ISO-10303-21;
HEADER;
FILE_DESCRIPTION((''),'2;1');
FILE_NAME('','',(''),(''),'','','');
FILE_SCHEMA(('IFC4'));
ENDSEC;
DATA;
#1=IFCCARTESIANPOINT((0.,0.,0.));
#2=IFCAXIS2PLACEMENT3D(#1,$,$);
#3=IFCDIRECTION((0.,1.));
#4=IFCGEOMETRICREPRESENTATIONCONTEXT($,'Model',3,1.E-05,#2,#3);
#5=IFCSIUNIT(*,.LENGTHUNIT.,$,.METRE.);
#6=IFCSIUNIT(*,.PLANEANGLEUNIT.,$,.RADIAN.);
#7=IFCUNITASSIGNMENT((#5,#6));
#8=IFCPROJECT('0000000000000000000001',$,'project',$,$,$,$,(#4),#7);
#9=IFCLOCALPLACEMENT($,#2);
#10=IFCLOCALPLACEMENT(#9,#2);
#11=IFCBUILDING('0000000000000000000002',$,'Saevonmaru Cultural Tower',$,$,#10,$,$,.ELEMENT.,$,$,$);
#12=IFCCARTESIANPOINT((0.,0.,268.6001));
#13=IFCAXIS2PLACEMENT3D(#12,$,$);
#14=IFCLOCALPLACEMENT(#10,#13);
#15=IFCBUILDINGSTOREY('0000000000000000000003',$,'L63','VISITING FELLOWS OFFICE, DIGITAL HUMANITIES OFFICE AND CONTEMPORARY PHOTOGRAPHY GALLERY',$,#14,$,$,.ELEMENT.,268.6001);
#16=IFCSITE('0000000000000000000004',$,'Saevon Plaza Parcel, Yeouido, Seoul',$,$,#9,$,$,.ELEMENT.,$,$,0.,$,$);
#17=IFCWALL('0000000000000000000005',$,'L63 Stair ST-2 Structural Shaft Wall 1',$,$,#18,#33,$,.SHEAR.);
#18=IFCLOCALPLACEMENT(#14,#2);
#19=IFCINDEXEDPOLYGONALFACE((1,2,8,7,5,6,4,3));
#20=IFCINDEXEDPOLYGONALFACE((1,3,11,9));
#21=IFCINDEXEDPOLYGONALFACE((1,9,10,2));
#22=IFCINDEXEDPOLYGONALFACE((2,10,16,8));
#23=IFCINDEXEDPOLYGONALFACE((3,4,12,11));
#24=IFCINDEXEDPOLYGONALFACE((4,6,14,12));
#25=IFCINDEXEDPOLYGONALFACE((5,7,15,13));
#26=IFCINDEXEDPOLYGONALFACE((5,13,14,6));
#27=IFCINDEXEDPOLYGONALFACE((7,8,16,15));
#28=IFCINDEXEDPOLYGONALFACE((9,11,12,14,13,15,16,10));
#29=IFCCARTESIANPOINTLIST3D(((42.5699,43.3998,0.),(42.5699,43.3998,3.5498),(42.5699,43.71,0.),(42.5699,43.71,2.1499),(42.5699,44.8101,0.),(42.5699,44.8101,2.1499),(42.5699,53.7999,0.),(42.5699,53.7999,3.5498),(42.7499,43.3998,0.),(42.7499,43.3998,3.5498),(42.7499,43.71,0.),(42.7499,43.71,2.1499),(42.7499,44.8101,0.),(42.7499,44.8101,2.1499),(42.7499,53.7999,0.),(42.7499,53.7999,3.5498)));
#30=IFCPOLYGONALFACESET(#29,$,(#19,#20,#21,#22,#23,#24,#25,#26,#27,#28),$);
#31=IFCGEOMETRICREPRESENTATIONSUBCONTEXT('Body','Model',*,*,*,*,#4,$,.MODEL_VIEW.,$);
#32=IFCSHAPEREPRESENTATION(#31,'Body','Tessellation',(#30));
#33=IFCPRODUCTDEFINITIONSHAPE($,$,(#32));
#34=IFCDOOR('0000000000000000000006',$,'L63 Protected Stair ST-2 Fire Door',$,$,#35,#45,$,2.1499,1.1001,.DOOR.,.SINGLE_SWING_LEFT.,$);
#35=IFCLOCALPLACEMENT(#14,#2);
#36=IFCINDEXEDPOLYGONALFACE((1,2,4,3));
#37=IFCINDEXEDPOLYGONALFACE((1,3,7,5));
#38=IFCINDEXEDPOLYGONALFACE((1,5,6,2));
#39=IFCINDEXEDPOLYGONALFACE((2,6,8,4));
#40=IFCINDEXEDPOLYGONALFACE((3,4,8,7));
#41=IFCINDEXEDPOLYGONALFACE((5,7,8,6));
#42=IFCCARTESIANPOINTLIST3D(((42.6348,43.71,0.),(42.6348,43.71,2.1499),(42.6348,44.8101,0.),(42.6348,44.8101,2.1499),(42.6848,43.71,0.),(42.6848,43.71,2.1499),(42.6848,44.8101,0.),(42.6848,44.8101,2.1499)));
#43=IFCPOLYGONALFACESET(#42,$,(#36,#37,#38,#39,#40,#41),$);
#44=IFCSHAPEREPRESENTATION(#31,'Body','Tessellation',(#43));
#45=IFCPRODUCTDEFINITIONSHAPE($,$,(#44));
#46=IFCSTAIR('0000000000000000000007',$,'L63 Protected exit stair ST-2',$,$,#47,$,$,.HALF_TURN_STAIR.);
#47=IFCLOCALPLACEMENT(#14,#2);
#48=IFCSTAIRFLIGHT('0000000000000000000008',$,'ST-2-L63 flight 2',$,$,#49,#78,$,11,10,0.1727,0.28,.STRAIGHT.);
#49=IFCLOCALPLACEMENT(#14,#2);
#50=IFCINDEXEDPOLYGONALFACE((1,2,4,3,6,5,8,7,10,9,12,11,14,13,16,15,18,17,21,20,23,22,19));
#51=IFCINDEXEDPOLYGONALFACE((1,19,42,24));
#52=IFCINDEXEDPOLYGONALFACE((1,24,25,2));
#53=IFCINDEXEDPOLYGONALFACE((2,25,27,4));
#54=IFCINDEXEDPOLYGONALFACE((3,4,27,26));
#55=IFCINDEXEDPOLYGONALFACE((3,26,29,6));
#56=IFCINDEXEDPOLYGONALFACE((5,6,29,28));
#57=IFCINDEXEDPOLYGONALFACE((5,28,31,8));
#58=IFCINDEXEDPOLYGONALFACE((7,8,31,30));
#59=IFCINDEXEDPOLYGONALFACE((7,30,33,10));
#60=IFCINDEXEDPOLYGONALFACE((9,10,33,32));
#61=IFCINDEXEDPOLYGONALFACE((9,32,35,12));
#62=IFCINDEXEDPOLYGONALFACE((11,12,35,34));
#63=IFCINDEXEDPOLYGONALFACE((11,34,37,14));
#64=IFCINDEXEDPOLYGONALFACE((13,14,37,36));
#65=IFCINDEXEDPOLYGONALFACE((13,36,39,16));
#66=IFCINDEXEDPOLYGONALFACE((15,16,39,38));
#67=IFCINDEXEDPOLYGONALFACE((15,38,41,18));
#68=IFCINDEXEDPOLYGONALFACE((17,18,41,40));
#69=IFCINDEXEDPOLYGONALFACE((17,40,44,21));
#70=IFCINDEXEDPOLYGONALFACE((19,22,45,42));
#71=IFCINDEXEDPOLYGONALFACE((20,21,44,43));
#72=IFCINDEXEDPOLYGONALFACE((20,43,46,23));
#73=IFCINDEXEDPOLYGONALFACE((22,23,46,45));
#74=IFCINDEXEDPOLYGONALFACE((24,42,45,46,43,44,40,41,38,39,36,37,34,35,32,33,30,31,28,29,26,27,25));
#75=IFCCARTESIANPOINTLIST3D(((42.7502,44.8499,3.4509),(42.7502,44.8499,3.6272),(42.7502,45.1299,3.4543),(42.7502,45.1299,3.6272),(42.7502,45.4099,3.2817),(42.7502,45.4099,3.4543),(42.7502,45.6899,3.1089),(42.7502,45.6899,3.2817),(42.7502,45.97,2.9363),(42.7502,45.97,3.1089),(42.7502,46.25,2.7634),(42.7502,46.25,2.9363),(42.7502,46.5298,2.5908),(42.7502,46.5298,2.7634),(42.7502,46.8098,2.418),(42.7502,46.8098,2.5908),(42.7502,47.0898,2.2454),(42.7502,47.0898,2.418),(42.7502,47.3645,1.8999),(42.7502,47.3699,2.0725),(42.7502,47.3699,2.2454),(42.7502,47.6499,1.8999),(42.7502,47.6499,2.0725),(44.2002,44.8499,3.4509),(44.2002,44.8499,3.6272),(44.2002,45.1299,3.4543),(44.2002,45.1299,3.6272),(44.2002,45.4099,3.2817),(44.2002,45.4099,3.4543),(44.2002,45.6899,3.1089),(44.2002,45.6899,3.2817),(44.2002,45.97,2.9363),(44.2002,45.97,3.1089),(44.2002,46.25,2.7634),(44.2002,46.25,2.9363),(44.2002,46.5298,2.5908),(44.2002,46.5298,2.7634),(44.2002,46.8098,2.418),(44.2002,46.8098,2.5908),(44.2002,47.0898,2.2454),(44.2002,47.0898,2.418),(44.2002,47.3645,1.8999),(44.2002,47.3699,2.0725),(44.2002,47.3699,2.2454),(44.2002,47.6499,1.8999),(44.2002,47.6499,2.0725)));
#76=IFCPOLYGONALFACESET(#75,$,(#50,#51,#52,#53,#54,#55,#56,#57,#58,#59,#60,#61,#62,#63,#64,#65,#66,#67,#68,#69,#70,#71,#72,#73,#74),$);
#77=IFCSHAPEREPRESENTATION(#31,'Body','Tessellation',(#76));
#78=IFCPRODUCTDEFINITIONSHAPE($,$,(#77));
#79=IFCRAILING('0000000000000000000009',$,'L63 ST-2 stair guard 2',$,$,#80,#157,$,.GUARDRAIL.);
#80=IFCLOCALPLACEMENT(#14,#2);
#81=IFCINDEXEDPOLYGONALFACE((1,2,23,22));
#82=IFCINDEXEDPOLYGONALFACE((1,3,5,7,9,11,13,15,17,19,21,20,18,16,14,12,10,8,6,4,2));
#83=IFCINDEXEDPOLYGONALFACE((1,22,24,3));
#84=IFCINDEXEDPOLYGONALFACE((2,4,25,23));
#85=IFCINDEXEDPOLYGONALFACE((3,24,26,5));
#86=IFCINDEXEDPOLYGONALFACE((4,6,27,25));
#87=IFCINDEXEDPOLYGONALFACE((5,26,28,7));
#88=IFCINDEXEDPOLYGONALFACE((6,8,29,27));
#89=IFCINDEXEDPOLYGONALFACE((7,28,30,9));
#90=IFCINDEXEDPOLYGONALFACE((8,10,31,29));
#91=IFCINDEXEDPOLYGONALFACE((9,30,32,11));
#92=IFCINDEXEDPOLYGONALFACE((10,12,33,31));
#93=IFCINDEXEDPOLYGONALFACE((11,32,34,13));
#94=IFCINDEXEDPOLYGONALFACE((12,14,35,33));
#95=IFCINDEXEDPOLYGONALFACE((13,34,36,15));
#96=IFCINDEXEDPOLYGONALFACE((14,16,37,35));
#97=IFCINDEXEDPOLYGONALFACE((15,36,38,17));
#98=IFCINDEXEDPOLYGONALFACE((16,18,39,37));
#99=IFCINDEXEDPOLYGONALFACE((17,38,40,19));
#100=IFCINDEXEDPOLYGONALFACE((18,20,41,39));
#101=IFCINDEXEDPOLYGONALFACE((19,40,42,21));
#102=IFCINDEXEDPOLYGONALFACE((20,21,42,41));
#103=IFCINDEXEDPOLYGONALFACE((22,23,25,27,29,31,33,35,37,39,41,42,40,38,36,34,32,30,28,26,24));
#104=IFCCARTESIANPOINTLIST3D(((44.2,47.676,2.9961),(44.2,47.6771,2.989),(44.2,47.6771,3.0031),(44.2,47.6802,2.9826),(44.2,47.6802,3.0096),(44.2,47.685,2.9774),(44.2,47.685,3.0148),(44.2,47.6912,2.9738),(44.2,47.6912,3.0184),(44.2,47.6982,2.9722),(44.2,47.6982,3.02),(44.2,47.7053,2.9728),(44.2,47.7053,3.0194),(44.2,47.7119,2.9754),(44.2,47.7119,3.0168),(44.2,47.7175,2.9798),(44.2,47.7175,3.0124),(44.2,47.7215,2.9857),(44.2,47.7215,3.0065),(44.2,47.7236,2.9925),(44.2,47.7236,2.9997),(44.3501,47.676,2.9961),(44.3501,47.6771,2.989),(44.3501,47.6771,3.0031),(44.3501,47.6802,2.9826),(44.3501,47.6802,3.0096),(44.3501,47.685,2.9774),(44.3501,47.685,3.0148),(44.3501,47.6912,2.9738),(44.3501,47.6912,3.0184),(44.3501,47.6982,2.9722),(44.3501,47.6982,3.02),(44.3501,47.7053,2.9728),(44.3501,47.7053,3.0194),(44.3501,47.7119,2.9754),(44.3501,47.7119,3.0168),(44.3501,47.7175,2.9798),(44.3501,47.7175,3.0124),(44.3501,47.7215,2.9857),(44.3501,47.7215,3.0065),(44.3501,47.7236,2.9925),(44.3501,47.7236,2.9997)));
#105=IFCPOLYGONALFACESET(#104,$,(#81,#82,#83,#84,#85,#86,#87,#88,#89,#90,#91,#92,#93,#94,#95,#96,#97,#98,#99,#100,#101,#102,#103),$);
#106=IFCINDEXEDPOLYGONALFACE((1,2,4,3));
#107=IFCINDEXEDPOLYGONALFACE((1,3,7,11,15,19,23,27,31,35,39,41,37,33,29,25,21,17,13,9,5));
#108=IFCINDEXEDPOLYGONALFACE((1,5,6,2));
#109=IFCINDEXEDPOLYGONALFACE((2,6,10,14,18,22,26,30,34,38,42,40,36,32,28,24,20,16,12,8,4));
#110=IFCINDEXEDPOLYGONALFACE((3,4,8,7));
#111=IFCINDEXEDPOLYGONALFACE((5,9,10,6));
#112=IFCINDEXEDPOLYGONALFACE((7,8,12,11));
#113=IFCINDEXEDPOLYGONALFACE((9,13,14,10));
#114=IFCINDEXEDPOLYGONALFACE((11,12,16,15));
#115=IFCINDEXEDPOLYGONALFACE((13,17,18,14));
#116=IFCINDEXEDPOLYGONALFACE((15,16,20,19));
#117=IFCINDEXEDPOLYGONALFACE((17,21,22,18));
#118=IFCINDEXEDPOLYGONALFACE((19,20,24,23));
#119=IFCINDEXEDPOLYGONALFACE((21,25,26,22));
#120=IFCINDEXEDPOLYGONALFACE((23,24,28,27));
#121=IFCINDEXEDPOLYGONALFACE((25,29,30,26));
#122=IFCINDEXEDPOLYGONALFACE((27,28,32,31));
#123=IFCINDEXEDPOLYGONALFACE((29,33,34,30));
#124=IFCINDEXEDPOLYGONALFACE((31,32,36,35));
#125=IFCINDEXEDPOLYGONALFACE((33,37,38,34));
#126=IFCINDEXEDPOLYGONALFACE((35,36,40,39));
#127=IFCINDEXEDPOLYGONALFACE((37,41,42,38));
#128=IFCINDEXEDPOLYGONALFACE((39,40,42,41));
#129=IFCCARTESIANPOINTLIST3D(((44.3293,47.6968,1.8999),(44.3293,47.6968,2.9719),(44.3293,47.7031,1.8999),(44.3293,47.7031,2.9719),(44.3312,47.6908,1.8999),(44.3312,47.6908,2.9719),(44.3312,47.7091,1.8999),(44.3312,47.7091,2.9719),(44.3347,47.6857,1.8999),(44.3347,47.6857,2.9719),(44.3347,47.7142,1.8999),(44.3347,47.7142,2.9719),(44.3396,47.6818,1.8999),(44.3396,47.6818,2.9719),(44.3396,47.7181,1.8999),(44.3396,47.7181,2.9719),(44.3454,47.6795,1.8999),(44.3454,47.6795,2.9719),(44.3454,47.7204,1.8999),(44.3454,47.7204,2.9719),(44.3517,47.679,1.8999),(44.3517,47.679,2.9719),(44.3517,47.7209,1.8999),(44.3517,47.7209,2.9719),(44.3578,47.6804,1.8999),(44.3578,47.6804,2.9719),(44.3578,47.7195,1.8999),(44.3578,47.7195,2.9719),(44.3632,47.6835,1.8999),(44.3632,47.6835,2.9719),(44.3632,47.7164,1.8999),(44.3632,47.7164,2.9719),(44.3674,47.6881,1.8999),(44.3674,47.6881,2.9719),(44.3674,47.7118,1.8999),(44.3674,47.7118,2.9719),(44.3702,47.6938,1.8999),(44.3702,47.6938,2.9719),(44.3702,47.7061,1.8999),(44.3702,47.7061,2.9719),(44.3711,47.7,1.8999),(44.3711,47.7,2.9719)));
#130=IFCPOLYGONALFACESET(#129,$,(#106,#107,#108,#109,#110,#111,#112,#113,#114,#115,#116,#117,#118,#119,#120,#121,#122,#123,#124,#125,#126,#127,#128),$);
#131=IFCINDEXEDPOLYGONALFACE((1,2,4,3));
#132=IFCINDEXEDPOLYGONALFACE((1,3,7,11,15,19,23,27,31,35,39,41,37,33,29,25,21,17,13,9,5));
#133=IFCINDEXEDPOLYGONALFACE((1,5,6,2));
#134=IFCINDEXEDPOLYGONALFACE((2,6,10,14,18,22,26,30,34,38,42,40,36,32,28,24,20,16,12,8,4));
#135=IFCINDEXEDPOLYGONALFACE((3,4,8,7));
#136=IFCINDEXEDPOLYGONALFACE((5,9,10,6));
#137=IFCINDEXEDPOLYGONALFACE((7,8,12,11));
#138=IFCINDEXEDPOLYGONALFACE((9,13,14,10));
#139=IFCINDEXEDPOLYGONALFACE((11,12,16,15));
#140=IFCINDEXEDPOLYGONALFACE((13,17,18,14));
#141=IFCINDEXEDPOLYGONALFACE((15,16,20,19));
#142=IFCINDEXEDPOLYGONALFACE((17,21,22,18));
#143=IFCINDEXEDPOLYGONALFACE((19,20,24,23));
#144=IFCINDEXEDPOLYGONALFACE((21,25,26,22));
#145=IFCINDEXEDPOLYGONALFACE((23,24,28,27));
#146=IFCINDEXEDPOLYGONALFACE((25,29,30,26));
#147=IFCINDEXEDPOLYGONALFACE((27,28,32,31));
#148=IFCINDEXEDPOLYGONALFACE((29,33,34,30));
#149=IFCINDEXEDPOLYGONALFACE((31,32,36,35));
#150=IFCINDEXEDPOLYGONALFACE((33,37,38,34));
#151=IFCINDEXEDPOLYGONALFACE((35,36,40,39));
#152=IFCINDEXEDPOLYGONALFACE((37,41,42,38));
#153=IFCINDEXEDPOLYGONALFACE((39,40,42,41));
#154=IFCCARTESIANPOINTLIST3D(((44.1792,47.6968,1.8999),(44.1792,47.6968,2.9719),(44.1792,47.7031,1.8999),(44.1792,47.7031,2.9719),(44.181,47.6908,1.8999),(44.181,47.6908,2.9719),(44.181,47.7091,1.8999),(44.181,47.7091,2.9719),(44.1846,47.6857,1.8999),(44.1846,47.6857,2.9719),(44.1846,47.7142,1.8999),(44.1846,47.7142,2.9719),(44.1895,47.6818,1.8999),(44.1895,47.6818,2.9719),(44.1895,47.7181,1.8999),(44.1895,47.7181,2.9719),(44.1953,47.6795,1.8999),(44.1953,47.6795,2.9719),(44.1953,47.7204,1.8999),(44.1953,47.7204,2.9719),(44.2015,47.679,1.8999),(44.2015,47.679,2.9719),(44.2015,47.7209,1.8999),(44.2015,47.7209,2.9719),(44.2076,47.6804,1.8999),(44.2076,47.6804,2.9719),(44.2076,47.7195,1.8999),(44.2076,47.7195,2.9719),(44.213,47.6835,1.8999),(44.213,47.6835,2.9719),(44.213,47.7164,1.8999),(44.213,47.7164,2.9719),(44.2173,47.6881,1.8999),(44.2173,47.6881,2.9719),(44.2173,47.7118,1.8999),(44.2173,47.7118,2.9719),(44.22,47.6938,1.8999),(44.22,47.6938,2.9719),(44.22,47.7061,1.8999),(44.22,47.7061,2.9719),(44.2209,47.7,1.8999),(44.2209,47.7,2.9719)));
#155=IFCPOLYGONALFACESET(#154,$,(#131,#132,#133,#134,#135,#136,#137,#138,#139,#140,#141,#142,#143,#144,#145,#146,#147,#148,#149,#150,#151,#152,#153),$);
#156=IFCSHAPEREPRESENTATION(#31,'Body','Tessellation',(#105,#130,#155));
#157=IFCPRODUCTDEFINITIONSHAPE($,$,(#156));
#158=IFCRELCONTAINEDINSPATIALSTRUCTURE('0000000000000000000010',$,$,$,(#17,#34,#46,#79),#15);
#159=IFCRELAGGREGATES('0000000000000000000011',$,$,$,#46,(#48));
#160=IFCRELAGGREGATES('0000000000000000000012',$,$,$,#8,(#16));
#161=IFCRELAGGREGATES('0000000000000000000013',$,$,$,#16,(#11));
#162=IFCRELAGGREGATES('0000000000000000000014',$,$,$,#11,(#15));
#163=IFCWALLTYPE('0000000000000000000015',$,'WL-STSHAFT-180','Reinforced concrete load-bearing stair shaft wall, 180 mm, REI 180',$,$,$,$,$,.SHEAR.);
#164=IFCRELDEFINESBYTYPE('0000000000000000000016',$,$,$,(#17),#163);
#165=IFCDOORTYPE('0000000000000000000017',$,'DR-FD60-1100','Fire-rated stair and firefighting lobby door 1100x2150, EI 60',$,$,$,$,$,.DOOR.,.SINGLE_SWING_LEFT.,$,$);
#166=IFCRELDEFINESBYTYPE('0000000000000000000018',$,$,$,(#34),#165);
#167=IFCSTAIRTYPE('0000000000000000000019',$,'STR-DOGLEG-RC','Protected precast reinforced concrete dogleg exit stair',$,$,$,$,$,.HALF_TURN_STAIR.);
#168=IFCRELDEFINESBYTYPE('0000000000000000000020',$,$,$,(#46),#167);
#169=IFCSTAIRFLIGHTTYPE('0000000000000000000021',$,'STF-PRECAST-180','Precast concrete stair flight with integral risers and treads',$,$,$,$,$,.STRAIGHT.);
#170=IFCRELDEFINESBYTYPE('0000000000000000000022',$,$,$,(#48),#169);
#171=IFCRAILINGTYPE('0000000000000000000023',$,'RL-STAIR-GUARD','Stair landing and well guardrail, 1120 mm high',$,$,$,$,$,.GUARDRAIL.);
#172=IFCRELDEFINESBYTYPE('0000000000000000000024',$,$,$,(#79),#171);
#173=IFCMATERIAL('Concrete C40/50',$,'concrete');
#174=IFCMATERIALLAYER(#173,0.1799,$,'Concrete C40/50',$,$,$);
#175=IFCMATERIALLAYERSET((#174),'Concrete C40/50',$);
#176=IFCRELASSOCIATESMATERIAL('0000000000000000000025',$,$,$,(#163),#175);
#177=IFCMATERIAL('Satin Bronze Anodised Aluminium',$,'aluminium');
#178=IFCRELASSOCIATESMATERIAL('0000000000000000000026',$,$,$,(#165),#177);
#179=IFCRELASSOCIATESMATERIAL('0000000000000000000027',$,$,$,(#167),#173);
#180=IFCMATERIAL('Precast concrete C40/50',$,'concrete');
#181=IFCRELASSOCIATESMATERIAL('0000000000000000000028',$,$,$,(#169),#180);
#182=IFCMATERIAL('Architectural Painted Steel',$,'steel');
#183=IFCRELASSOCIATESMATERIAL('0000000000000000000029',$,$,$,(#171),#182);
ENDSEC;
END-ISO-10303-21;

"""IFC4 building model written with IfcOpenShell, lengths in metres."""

from ifc_helpers import new_model, si_unit, direction, frame, frame_2d, origin, origin_2d, place, context, subcontext, project, spatial, polyline, rectangle, circle, outline, extrude, material, layer, layer_set, type_object, element, fill, aggregate, save


model = new_model("IFC4")

# Units and contexts
model_context = context("Model", 3, precision=1e-05, world=origin(), true_north=direction((0.0, 1.0)))
body_context = subcontext(model_context, "Body", "Model", "MODEL_VIEW")
ifc_project = project(units=[si_unit("LENGTHUNIT", "METRE"), si_unit("PLANEANGLEUNIT", "RADIAN")], contexts=[model_context])

# Site, building, storey
site_placement = place(None, origin())
site = spatial("IfcSite", under=ifc_project, at=site_placement, Name="Saevon Plaza Parcel, Yeouido, Seoul", CompositionType="ELEMENT", RefElevation=0.0)
building_placement = place(site_placement, origin())
building = spatial("IfcBuilding", under=site, at=building_placement, Name="Saevonmaru Cultural Tower", CompositionType="ELEMENT")
storey_placement = place(building_placement, frame((0.0, 0.0, 268.6001)))
storey = spatial("IfcBuildingStorey", under=building, at=storey_placement, Name="L63", Description="VISITING FELLOWS OFFICE, DIGITAL HUMANITIES OFFICE AND CONTEMPORARY PHOTOGRAPHY GALLERY", CompositionType="ELEMENT", Elevation=268.6001)

# Shared definitions
ifc_material_1 = material(Name="Satin Bronze Anodised Aluminium", Category="aluminium")

# Shared definitions
ifc_material_2 = material(Name="Concrete C40/50", Category="concrete")

# Wall, opening, door
ifc_layer_1 = layer(ifc_material_2, 0.1799, Name="Concrete C40/50")
ifc_layer_set_1 = layer_set([ifc_layer_1], Name="Concrete C40/50")
wall_type_1 = type_object("IfcWallType", Name="WL-STSHAFT-180", Description="Reinforced concrete load-bearing stair shaft wall, 180 mm, REI 180", PredefinedType="SHEAR", material=ifc_layer_set_1)
wall_1_placement = place(storey_placement, frame((42.6599, 53.8, 0.0), z_axis=(0.0, 0.0, 1.0), x_axis=(0.0, -1.0, 0.0)))
wall_1 = element("IfcWall", 1, at=wall_1_placement, inside=storey, type_object=wall_type_1, Name="L63 Stair ST-2 Structural Shaft Wall 1", PredefinedType="SHEAR", context=body_context, shape_type="SweptSolid", body=[
    extrude(rectangle(XDim=10.4001, YDim=0.1799, at=frame_2d((5.2002, 0.0))), origin(), (0.0, 0.0, 1.0), 3.5498),
])
opening_1_placement = place(wall_1_placement, frame((8.99, 0.0, 0.0)))
opening_1 = element("IfcOpeningElement", 2, at=opening_1_placement, cuts=wall_1, PredefinedType="OPENING", context=body_context, shape_type="SweptSolid", body=[
    extrude(rectangle(XDim=1.1001, YDim=2.1499, at=frame_2d((0.55, 1.075))), frame((0.0, 0.1001, 0.0), z_axis=(0.0, -1.0, 0.0), x_axis=(1.0, 0.0, 0.0)), (0.0, 0.0, 1.0), 0.2),
])
door_type_1 = type_object("IfcDoorType", Name="DR-FD60-1100", Description="Fire-rated stair and firefighting lobby door 1100x2150, EI 60", OperationType="SINGLE_SWING_LEFT", PredefinedType="DOOR", material=ifc_material_1)
door_1_placement = place(opening_1_placement, origin())
door_1 = element("IfcDoor", 3, at=door_1_placement, inside=storey, type_object=door_type_1, Name="L63 Protected Stair ST-2 Fire Door", OperationType="SINGLE_SWING_LEFT", OverallHeight=2.1499, OverallWidth=1.1001, PredefinedType="DOOR", context=body_context, shape_type="SweptSolid", body=[
    extrude(rectangle(XDim=1.1001, YDim=2.1499, at=frame_2d((0.55, 1.075))), frame((0.0, 0.0249, 0.0), z_axis=(0.0, -1.0, 0.0), x_axis=(1.0, 0.0, 0.0)), (0.0, 0.0, 1.0), 0.05),
])
fill(opening_1, door_1)

# Stair, stair flight
stair_type = type_object("IfcStairType", Name="STR-DOGLEG-RC", Description="Protected precast reinforced concrete dogleg exit stair", PredefinedType="HALF_TURN_STAIR", material=ifc_material_2)
stair_placement = place(storey_placement, origin())
stair = element("IfcStair", 4, at=stair_placement, inside=storey, type_object=stair_type, Name="L63 Protected exit stair ST-2", PredefinedType="HALF_TURN_STAIR")
ifc_material_3 = material(Name="Precast concrete C40/50", Category="concrete")
stair_flight_type = type_object("IfcStairFlightType", Name="STF-PRECAST-180", Description="Precast concrete stair flight with integral risers and treads", PredefinedType="STRAIGHT", material=ifc_material_3)
stair_flight_placement = place(storey_placement, frame((43.4751, 47.6499, 1.8999), z_axis=(0.0, 0.0, 1.0), x_axis=(0.0, -1.0, 0.0)))
stair_flight = element("IfcStairFlight", 5, at=stair_flight_placement, type_object=stair_flight_type, Name="ST-2-L63 flight 2", NumberOfRisers=11, NumberOfTreads=10, PredefinedType="STRAIGHT", RiserHeight=0.1727, TreadLength=0.28, context=body_context, shape_type="SweptSolid", body=[
    extrude(outline(polyline([(0.0, 0.0), (0.0, 0.1726), (0.28, 0.1726), (0.28, 0.3455), (0.5601, 0.3455), (0.5601, 0.5181), (0.8401, 0.5181), (0.8401, 0.6909), (1.1201, 0.6909), (1.1201, 0.8635), (1.3999, 0.8635), (1.3999, 1.0364), (1.6799, 1.0364), (1.6799, 1.209), (1.96, 1.209), (1.96, 1.3818), (2.24, 1.3818), (2.24, 1.5544), (2.52, 1.5544), (2.52, 1.7273), (2.8, 1.7273), (2.8, 1.8999), (2.8, 1.551), (0.2854, 0.0), (0.0, 0.0)])), frame((0.0, 0.7251, 0.0), z_axis=(0.0, -1.0, 0.0), x_axis=(1.0, 0.0, 0.0)), (0.0, 0.0, 1.0), 1.45),
])
aggregate(stair, [stair_flight])

# Railing
ifc_material_4 = material(Name="Architectural Painted Steel", Category="steel")
railing_type_1 = type_object("IfcRailingType", Name="RL-STAIR-GUARD", Description="Stair landing and well guardrail, 1120 mm high", PredefinedType="GUARDRAIL", material=ifc_material_4)
railing_1_placement = place(storey_placement, frame((44.3501, 47.7, 1.8999)))
element("IfcRailing", 6, at=railing_1_placement, inside=storey, type_object=railing_type_1, Name="L63 ST-2 stair guard 2", PredefinedType="GUARDRAIL", context=body_context, shape_type="SweptSolid", body=[
    extrude(circle(Radius=0.0239, at=origin_2d()), frame((0.0, 0.0, 1.0962), z_axis=(-1.0, 0.0, 0.0), x_axis=(0.0, -1.0, 0.0)), (0.0, 0.0, 1.0), 0.1501),
    extrude(circle(Radius=0.021, at=origin_2d()), origin(), (0.0, 0.0, 1.0), 1.072),
    extrude(circle(Radius=0.021, at=origin_2d()), frame((-0.1501, 0.0, 0.0)), (0.0, 0.0, 1.0), 1.072),
])

save(model, "model.ifc")
